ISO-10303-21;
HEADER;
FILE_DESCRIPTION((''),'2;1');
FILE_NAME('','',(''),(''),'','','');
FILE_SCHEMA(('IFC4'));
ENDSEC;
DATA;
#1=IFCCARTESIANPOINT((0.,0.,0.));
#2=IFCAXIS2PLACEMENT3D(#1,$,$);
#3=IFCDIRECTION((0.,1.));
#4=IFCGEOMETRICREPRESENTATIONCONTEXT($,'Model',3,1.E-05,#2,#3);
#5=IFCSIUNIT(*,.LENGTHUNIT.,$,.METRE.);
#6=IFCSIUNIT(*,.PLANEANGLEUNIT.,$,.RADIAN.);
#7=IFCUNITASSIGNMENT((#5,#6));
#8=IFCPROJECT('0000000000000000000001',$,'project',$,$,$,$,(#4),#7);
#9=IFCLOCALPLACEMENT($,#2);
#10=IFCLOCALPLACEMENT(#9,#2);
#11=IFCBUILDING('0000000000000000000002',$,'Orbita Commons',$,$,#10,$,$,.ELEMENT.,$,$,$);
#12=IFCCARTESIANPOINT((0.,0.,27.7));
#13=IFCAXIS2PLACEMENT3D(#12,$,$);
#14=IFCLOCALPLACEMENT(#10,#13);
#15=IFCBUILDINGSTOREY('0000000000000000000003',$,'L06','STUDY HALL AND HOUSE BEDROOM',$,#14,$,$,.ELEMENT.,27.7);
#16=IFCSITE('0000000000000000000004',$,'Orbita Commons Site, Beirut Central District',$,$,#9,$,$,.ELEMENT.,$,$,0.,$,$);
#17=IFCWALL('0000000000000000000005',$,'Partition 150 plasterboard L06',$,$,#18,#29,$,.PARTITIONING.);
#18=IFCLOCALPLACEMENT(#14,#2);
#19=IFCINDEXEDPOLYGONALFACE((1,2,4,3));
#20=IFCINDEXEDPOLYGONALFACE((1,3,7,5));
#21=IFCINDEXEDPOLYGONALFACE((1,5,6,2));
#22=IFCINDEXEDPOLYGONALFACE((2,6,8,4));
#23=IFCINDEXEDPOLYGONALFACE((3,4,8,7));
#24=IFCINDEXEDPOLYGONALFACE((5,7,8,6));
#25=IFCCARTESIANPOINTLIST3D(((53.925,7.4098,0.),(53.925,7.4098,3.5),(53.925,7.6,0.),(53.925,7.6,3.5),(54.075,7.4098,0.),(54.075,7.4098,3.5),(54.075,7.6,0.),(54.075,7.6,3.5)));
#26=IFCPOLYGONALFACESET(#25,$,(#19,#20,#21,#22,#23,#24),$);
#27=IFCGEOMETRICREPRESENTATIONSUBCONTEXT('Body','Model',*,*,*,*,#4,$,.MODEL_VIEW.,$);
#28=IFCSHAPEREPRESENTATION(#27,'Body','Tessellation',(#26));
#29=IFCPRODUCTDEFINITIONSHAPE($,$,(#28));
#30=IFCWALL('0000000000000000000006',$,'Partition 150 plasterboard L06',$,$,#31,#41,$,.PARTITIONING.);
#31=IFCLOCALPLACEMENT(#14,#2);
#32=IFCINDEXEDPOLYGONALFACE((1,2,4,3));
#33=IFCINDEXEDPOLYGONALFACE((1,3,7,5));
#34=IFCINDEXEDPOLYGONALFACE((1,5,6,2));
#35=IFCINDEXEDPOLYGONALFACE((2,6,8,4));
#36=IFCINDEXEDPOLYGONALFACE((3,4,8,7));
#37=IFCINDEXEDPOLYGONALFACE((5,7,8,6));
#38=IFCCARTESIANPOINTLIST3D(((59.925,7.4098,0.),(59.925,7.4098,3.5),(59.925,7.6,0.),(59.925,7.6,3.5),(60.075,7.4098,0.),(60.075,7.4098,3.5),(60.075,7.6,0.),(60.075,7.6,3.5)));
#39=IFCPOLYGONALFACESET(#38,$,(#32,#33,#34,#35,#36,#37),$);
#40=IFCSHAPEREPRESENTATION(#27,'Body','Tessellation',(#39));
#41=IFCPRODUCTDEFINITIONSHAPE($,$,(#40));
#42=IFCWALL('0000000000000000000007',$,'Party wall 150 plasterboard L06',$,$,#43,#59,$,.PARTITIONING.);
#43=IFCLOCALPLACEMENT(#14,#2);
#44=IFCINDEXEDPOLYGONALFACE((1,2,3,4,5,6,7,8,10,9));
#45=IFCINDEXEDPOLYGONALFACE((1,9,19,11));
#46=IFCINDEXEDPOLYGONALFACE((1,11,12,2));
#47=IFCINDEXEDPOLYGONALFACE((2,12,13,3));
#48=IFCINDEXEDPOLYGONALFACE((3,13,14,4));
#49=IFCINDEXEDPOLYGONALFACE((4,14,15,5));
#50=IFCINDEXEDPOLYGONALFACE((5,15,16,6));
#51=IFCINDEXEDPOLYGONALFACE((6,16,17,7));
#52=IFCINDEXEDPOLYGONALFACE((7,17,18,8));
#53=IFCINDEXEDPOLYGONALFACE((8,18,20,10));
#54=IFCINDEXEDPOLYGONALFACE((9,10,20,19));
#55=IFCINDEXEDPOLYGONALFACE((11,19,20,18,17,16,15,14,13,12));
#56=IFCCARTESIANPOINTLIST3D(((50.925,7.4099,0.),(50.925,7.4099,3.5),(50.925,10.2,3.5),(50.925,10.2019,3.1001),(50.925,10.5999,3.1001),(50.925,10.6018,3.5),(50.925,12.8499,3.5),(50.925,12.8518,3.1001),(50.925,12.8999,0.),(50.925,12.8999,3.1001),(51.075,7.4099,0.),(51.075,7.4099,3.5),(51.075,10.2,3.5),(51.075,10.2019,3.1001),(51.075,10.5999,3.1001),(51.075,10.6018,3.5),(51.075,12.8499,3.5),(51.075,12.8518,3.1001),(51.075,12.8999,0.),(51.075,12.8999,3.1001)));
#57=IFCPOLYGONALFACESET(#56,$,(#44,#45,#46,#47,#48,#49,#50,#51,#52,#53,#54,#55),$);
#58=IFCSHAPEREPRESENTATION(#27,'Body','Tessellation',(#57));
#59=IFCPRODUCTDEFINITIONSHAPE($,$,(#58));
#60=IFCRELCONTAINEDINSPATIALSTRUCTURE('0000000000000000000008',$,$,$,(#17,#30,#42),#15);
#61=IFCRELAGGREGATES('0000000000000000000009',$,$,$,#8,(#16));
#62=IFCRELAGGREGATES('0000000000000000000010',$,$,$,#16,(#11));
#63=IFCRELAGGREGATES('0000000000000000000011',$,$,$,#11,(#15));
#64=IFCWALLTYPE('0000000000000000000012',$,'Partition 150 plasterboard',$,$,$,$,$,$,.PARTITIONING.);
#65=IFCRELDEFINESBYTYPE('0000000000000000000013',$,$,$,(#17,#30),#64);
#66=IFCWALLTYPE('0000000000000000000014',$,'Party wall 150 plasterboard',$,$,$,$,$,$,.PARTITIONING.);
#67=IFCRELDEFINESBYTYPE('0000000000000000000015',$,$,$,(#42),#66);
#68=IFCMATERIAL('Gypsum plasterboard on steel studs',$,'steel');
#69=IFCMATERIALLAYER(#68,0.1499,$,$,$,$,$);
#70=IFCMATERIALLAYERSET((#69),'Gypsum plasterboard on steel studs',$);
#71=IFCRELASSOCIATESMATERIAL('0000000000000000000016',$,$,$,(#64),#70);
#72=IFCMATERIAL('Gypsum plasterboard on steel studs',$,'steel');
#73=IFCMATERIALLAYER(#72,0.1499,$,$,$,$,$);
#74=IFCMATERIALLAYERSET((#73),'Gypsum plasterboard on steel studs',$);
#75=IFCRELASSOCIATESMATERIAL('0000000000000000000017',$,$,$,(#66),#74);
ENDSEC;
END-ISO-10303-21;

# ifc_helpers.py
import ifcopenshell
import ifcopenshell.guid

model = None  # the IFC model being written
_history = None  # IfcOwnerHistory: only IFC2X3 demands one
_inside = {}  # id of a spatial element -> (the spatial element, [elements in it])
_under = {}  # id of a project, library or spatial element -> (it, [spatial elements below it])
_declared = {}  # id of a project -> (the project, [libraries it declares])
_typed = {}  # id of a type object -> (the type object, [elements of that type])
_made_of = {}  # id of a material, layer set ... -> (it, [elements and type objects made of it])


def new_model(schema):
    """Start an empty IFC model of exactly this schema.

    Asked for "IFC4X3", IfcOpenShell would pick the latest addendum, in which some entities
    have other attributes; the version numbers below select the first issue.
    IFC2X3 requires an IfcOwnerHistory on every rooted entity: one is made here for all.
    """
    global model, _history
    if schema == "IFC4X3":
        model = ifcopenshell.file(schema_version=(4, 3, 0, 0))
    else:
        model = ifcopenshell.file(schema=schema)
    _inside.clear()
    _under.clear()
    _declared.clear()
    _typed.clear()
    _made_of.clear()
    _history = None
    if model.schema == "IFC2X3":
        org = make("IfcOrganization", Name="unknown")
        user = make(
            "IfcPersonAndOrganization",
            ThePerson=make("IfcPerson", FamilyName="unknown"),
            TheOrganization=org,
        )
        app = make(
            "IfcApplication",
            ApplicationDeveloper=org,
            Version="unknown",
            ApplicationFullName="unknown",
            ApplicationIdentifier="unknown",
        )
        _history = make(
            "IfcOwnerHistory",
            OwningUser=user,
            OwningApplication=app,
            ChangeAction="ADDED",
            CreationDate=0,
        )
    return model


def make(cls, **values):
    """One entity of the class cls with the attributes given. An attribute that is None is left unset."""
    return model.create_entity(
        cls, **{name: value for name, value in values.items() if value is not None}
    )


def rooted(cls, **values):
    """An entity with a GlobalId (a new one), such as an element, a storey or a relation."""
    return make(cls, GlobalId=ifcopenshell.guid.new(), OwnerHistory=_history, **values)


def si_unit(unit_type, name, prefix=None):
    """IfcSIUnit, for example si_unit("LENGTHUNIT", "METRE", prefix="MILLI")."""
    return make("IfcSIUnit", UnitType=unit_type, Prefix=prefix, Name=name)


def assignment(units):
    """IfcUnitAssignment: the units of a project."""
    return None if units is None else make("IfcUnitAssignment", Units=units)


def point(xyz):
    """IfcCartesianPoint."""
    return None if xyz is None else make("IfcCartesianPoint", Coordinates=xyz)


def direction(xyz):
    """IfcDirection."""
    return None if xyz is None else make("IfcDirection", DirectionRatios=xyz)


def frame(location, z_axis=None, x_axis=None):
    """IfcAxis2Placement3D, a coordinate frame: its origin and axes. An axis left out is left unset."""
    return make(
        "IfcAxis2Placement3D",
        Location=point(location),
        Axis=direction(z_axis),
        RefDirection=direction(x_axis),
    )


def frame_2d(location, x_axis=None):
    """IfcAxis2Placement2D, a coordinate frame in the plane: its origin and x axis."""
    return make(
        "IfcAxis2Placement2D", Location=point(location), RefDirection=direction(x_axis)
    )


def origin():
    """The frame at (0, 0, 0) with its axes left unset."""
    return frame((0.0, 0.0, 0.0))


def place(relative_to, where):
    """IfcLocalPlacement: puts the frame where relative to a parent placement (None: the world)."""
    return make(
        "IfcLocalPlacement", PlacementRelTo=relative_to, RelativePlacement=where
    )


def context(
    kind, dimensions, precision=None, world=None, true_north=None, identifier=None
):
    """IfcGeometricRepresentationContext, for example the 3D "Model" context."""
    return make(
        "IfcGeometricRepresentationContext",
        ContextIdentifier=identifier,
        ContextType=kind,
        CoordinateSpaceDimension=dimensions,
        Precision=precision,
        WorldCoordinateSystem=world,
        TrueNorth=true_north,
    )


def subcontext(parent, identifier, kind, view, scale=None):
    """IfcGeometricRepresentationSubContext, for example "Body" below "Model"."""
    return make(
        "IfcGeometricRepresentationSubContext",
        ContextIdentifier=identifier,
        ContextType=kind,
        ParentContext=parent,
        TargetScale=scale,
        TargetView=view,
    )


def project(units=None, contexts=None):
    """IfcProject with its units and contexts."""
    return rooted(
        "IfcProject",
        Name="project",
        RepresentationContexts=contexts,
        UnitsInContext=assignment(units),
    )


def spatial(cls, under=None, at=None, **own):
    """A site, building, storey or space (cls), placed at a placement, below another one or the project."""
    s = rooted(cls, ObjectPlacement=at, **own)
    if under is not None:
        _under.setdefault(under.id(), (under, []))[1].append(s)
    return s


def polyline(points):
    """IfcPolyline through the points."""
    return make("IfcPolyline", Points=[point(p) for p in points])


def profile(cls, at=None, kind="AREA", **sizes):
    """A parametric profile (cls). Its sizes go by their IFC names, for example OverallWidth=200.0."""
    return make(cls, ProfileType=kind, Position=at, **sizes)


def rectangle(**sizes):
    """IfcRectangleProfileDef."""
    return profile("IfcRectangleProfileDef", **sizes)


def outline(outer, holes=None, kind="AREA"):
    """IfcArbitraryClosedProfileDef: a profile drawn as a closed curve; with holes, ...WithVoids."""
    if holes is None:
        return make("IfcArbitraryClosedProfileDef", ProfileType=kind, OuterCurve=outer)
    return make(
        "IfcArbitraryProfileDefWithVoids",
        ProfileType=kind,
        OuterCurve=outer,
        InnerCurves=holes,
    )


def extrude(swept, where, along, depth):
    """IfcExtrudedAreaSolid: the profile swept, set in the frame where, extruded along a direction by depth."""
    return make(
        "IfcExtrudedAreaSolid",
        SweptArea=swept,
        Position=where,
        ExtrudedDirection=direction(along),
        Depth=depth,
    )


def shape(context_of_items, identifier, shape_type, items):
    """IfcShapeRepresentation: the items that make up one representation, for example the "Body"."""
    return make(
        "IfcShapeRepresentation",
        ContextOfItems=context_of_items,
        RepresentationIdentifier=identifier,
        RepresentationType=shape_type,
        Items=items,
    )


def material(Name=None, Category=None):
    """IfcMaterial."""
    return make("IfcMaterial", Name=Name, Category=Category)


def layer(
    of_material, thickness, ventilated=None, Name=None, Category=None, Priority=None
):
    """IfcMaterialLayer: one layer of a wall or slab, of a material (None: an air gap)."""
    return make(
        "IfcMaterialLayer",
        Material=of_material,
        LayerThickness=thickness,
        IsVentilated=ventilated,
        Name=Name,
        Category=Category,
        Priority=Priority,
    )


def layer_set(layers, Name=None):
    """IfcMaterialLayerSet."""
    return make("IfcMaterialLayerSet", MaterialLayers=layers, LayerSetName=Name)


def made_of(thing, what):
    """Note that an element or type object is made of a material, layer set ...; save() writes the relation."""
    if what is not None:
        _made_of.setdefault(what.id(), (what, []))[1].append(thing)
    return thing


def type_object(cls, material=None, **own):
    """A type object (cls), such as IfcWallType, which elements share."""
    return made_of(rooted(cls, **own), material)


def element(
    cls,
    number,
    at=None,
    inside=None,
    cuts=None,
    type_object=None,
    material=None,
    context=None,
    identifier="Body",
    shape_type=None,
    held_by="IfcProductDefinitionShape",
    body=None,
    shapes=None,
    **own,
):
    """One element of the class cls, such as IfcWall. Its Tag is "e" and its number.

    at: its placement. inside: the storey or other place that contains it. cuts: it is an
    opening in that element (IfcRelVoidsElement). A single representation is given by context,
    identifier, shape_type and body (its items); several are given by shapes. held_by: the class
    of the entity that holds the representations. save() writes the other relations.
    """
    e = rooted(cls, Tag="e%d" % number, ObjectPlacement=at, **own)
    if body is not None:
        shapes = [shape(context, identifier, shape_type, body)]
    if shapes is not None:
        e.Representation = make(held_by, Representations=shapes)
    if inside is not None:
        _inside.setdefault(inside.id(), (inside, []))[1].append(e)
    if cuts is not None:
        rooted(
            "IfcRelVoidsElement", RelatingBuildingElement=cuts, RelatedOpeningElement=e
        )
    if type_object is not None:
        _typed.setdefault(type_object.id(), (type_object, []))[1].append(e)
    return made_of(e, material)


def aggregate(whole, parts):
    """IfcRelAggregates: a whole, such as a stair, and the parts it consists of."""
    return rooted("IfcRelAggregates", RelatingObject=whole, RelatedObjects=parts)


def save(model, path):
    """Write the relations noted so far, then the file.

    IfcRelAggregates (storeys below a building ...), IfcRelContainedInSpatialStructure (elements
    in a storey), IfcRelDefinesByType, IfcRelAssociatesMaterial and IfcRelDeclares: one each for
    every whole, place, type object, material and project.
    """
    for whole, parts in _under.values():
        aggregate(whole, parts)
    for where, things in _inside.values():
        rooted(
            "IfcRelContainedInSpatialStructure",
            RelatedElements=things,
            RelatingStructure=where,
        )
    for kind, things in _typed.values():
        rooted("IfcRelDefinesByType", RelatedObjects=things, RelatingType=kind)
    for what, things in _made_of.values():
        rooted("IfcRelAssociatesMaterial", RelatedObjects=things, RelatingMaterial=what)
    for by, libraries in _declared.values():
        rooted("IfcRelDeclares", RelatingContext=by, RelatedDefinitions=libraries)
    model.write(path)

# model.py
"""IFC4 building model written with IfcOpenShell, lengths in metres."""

from ifc_helpers import new_model, si_unit, direction, frame, frame_2d, origin, place, context, subcontext, project, spatial, polyline, rectangle, outline, extrude, material, layer, layer_set, type_object, element, save


model = new_model("IFC4")

# Units and contexts
model_context = context("Model", 3, precision=1e-05, world=origin(), true_north=direction((0.0, 1.0)))
body_context = subcontext(model_context, "Body", "Model", "MODEL_VIEW")
ifc_project = project(units=[si_unit("LENGTHUNIT", "METRE"), si_unit("PLANEANGLEUNIT", "RADIAN")], contexts=[model_context])

# Site, building, storey
site_placement = place(None, origin())
site = spatial("IfcSite", under=ifc_project, at=site_placement, Name="Orbita Commons Site, Beirut Central District", CompositionType="ELEMENT", RefElevation=0.0)
building_placement = place(site_placement, origin())
building = spatial("IfcBuilding", under=site, at=building_placement, Name="Orbita Commons", CompositionType="ELEMENT")
storey_placement = place(building_placement, frame((0.0, 0.0, 27.7)))
storey = spatial("IfcBuildingStorey", under=building, at=storey_placement, Name="L06", Description="STUDY HALL AND HOUSE BEDROOM", CompositionType="ELEMENT", Elevation=27.7)

# Walls
ifc_material_1 = material(Name="Gypsum plasterboard on steel studs", Category="steel")
ifc_layer_1 = layer(ifc_material_1, 0.1499)
ifc_layer_set_1 = layer_set([ifc_layer_1], Name="Gypsum plasterboard on steel studs")
wall_type_1 = type_object("IfcWallType", Name="Partition 150 plasterboard", PredefinedType="PARTITIONING", material=ifc_layer_set_1)
for number, where, z_axis, x_axis, name in (
    (1, (54.0, 7.6001, 0.0), (0.0, 0.0, 1.0), (0.0, -1.0, 0.0), "Partition 150 plasterboard L06"),
    (2, (60.0, 7.6001, 0.0), (0.0, 0.0, 1.0), (0.0, -1.0, 0.0), "Partition 150 plasterboard L06"),
):
    element("IfcWall", number, at=place(storey_placement, frame(where, z_axis=z_axis, x_axis=x_axis)), inside=storey, type_object=wall_type_1, Name=name, PredefinedType="PARTITIONING", context=body_context, shape_type="SweptSolid", body=[
        extrude(rectangle(XDim=0.1902, YDim=0.1499, at=frame_2d((0.0952, 0.0))), origin(), (0.0, 0.0, 1.0), 3.5),
    ])
ifc_material_2 = material(Name="Gypsum plasterboard on steel studs", Category="steel")
ifc_layer_2 = layer(ifc_material_2, 0.1499)
ifc_layer_set_2 = layer_set([ifc_layer_2], Name="Gypsum plasterboard on steel studs")
wall_type_2 = type_object("IfcWallType", Name="Party wall 150 plasterboard", PredefinedType="PARTITIONING", material=ifc_layer_set_2)
wall_placement = place(storey_placement, frame((51.0, 7.4099, 0.0), z_axis=(0.0, 0.0, 1.0), x_axis=(0.0, 1.0, 0.0)))
element("IfcWall", 3, at=wall_placement, inside=storey, type_object=wall_type_2, Name="Party wall 150 plasterboard L06", PredefinedType="PARTITIONING", context=body_context, shape_type="SweptSolid", body=[
    extrude(outline(polyline([(0.0, 0.0), (5.49, 0.0), (5.49, 3.1001), (5.4419, 3.1001), (5.4399, 3.5), (3.1919, 3.5), (3.1899, 3.1001), (2.792, 3.1001), (2.79, 3.5), (0.0, 3.5), (0.0, 0.0)])), frame((0.0, 0.075, 0.0), z_axis=(0.0, -1.0, 0.0), x_axis=(1.0, 0.0, 0.0)), (0.0, 0.0, 1.0), 0.1499),
])

save(model, "model.ifc")
